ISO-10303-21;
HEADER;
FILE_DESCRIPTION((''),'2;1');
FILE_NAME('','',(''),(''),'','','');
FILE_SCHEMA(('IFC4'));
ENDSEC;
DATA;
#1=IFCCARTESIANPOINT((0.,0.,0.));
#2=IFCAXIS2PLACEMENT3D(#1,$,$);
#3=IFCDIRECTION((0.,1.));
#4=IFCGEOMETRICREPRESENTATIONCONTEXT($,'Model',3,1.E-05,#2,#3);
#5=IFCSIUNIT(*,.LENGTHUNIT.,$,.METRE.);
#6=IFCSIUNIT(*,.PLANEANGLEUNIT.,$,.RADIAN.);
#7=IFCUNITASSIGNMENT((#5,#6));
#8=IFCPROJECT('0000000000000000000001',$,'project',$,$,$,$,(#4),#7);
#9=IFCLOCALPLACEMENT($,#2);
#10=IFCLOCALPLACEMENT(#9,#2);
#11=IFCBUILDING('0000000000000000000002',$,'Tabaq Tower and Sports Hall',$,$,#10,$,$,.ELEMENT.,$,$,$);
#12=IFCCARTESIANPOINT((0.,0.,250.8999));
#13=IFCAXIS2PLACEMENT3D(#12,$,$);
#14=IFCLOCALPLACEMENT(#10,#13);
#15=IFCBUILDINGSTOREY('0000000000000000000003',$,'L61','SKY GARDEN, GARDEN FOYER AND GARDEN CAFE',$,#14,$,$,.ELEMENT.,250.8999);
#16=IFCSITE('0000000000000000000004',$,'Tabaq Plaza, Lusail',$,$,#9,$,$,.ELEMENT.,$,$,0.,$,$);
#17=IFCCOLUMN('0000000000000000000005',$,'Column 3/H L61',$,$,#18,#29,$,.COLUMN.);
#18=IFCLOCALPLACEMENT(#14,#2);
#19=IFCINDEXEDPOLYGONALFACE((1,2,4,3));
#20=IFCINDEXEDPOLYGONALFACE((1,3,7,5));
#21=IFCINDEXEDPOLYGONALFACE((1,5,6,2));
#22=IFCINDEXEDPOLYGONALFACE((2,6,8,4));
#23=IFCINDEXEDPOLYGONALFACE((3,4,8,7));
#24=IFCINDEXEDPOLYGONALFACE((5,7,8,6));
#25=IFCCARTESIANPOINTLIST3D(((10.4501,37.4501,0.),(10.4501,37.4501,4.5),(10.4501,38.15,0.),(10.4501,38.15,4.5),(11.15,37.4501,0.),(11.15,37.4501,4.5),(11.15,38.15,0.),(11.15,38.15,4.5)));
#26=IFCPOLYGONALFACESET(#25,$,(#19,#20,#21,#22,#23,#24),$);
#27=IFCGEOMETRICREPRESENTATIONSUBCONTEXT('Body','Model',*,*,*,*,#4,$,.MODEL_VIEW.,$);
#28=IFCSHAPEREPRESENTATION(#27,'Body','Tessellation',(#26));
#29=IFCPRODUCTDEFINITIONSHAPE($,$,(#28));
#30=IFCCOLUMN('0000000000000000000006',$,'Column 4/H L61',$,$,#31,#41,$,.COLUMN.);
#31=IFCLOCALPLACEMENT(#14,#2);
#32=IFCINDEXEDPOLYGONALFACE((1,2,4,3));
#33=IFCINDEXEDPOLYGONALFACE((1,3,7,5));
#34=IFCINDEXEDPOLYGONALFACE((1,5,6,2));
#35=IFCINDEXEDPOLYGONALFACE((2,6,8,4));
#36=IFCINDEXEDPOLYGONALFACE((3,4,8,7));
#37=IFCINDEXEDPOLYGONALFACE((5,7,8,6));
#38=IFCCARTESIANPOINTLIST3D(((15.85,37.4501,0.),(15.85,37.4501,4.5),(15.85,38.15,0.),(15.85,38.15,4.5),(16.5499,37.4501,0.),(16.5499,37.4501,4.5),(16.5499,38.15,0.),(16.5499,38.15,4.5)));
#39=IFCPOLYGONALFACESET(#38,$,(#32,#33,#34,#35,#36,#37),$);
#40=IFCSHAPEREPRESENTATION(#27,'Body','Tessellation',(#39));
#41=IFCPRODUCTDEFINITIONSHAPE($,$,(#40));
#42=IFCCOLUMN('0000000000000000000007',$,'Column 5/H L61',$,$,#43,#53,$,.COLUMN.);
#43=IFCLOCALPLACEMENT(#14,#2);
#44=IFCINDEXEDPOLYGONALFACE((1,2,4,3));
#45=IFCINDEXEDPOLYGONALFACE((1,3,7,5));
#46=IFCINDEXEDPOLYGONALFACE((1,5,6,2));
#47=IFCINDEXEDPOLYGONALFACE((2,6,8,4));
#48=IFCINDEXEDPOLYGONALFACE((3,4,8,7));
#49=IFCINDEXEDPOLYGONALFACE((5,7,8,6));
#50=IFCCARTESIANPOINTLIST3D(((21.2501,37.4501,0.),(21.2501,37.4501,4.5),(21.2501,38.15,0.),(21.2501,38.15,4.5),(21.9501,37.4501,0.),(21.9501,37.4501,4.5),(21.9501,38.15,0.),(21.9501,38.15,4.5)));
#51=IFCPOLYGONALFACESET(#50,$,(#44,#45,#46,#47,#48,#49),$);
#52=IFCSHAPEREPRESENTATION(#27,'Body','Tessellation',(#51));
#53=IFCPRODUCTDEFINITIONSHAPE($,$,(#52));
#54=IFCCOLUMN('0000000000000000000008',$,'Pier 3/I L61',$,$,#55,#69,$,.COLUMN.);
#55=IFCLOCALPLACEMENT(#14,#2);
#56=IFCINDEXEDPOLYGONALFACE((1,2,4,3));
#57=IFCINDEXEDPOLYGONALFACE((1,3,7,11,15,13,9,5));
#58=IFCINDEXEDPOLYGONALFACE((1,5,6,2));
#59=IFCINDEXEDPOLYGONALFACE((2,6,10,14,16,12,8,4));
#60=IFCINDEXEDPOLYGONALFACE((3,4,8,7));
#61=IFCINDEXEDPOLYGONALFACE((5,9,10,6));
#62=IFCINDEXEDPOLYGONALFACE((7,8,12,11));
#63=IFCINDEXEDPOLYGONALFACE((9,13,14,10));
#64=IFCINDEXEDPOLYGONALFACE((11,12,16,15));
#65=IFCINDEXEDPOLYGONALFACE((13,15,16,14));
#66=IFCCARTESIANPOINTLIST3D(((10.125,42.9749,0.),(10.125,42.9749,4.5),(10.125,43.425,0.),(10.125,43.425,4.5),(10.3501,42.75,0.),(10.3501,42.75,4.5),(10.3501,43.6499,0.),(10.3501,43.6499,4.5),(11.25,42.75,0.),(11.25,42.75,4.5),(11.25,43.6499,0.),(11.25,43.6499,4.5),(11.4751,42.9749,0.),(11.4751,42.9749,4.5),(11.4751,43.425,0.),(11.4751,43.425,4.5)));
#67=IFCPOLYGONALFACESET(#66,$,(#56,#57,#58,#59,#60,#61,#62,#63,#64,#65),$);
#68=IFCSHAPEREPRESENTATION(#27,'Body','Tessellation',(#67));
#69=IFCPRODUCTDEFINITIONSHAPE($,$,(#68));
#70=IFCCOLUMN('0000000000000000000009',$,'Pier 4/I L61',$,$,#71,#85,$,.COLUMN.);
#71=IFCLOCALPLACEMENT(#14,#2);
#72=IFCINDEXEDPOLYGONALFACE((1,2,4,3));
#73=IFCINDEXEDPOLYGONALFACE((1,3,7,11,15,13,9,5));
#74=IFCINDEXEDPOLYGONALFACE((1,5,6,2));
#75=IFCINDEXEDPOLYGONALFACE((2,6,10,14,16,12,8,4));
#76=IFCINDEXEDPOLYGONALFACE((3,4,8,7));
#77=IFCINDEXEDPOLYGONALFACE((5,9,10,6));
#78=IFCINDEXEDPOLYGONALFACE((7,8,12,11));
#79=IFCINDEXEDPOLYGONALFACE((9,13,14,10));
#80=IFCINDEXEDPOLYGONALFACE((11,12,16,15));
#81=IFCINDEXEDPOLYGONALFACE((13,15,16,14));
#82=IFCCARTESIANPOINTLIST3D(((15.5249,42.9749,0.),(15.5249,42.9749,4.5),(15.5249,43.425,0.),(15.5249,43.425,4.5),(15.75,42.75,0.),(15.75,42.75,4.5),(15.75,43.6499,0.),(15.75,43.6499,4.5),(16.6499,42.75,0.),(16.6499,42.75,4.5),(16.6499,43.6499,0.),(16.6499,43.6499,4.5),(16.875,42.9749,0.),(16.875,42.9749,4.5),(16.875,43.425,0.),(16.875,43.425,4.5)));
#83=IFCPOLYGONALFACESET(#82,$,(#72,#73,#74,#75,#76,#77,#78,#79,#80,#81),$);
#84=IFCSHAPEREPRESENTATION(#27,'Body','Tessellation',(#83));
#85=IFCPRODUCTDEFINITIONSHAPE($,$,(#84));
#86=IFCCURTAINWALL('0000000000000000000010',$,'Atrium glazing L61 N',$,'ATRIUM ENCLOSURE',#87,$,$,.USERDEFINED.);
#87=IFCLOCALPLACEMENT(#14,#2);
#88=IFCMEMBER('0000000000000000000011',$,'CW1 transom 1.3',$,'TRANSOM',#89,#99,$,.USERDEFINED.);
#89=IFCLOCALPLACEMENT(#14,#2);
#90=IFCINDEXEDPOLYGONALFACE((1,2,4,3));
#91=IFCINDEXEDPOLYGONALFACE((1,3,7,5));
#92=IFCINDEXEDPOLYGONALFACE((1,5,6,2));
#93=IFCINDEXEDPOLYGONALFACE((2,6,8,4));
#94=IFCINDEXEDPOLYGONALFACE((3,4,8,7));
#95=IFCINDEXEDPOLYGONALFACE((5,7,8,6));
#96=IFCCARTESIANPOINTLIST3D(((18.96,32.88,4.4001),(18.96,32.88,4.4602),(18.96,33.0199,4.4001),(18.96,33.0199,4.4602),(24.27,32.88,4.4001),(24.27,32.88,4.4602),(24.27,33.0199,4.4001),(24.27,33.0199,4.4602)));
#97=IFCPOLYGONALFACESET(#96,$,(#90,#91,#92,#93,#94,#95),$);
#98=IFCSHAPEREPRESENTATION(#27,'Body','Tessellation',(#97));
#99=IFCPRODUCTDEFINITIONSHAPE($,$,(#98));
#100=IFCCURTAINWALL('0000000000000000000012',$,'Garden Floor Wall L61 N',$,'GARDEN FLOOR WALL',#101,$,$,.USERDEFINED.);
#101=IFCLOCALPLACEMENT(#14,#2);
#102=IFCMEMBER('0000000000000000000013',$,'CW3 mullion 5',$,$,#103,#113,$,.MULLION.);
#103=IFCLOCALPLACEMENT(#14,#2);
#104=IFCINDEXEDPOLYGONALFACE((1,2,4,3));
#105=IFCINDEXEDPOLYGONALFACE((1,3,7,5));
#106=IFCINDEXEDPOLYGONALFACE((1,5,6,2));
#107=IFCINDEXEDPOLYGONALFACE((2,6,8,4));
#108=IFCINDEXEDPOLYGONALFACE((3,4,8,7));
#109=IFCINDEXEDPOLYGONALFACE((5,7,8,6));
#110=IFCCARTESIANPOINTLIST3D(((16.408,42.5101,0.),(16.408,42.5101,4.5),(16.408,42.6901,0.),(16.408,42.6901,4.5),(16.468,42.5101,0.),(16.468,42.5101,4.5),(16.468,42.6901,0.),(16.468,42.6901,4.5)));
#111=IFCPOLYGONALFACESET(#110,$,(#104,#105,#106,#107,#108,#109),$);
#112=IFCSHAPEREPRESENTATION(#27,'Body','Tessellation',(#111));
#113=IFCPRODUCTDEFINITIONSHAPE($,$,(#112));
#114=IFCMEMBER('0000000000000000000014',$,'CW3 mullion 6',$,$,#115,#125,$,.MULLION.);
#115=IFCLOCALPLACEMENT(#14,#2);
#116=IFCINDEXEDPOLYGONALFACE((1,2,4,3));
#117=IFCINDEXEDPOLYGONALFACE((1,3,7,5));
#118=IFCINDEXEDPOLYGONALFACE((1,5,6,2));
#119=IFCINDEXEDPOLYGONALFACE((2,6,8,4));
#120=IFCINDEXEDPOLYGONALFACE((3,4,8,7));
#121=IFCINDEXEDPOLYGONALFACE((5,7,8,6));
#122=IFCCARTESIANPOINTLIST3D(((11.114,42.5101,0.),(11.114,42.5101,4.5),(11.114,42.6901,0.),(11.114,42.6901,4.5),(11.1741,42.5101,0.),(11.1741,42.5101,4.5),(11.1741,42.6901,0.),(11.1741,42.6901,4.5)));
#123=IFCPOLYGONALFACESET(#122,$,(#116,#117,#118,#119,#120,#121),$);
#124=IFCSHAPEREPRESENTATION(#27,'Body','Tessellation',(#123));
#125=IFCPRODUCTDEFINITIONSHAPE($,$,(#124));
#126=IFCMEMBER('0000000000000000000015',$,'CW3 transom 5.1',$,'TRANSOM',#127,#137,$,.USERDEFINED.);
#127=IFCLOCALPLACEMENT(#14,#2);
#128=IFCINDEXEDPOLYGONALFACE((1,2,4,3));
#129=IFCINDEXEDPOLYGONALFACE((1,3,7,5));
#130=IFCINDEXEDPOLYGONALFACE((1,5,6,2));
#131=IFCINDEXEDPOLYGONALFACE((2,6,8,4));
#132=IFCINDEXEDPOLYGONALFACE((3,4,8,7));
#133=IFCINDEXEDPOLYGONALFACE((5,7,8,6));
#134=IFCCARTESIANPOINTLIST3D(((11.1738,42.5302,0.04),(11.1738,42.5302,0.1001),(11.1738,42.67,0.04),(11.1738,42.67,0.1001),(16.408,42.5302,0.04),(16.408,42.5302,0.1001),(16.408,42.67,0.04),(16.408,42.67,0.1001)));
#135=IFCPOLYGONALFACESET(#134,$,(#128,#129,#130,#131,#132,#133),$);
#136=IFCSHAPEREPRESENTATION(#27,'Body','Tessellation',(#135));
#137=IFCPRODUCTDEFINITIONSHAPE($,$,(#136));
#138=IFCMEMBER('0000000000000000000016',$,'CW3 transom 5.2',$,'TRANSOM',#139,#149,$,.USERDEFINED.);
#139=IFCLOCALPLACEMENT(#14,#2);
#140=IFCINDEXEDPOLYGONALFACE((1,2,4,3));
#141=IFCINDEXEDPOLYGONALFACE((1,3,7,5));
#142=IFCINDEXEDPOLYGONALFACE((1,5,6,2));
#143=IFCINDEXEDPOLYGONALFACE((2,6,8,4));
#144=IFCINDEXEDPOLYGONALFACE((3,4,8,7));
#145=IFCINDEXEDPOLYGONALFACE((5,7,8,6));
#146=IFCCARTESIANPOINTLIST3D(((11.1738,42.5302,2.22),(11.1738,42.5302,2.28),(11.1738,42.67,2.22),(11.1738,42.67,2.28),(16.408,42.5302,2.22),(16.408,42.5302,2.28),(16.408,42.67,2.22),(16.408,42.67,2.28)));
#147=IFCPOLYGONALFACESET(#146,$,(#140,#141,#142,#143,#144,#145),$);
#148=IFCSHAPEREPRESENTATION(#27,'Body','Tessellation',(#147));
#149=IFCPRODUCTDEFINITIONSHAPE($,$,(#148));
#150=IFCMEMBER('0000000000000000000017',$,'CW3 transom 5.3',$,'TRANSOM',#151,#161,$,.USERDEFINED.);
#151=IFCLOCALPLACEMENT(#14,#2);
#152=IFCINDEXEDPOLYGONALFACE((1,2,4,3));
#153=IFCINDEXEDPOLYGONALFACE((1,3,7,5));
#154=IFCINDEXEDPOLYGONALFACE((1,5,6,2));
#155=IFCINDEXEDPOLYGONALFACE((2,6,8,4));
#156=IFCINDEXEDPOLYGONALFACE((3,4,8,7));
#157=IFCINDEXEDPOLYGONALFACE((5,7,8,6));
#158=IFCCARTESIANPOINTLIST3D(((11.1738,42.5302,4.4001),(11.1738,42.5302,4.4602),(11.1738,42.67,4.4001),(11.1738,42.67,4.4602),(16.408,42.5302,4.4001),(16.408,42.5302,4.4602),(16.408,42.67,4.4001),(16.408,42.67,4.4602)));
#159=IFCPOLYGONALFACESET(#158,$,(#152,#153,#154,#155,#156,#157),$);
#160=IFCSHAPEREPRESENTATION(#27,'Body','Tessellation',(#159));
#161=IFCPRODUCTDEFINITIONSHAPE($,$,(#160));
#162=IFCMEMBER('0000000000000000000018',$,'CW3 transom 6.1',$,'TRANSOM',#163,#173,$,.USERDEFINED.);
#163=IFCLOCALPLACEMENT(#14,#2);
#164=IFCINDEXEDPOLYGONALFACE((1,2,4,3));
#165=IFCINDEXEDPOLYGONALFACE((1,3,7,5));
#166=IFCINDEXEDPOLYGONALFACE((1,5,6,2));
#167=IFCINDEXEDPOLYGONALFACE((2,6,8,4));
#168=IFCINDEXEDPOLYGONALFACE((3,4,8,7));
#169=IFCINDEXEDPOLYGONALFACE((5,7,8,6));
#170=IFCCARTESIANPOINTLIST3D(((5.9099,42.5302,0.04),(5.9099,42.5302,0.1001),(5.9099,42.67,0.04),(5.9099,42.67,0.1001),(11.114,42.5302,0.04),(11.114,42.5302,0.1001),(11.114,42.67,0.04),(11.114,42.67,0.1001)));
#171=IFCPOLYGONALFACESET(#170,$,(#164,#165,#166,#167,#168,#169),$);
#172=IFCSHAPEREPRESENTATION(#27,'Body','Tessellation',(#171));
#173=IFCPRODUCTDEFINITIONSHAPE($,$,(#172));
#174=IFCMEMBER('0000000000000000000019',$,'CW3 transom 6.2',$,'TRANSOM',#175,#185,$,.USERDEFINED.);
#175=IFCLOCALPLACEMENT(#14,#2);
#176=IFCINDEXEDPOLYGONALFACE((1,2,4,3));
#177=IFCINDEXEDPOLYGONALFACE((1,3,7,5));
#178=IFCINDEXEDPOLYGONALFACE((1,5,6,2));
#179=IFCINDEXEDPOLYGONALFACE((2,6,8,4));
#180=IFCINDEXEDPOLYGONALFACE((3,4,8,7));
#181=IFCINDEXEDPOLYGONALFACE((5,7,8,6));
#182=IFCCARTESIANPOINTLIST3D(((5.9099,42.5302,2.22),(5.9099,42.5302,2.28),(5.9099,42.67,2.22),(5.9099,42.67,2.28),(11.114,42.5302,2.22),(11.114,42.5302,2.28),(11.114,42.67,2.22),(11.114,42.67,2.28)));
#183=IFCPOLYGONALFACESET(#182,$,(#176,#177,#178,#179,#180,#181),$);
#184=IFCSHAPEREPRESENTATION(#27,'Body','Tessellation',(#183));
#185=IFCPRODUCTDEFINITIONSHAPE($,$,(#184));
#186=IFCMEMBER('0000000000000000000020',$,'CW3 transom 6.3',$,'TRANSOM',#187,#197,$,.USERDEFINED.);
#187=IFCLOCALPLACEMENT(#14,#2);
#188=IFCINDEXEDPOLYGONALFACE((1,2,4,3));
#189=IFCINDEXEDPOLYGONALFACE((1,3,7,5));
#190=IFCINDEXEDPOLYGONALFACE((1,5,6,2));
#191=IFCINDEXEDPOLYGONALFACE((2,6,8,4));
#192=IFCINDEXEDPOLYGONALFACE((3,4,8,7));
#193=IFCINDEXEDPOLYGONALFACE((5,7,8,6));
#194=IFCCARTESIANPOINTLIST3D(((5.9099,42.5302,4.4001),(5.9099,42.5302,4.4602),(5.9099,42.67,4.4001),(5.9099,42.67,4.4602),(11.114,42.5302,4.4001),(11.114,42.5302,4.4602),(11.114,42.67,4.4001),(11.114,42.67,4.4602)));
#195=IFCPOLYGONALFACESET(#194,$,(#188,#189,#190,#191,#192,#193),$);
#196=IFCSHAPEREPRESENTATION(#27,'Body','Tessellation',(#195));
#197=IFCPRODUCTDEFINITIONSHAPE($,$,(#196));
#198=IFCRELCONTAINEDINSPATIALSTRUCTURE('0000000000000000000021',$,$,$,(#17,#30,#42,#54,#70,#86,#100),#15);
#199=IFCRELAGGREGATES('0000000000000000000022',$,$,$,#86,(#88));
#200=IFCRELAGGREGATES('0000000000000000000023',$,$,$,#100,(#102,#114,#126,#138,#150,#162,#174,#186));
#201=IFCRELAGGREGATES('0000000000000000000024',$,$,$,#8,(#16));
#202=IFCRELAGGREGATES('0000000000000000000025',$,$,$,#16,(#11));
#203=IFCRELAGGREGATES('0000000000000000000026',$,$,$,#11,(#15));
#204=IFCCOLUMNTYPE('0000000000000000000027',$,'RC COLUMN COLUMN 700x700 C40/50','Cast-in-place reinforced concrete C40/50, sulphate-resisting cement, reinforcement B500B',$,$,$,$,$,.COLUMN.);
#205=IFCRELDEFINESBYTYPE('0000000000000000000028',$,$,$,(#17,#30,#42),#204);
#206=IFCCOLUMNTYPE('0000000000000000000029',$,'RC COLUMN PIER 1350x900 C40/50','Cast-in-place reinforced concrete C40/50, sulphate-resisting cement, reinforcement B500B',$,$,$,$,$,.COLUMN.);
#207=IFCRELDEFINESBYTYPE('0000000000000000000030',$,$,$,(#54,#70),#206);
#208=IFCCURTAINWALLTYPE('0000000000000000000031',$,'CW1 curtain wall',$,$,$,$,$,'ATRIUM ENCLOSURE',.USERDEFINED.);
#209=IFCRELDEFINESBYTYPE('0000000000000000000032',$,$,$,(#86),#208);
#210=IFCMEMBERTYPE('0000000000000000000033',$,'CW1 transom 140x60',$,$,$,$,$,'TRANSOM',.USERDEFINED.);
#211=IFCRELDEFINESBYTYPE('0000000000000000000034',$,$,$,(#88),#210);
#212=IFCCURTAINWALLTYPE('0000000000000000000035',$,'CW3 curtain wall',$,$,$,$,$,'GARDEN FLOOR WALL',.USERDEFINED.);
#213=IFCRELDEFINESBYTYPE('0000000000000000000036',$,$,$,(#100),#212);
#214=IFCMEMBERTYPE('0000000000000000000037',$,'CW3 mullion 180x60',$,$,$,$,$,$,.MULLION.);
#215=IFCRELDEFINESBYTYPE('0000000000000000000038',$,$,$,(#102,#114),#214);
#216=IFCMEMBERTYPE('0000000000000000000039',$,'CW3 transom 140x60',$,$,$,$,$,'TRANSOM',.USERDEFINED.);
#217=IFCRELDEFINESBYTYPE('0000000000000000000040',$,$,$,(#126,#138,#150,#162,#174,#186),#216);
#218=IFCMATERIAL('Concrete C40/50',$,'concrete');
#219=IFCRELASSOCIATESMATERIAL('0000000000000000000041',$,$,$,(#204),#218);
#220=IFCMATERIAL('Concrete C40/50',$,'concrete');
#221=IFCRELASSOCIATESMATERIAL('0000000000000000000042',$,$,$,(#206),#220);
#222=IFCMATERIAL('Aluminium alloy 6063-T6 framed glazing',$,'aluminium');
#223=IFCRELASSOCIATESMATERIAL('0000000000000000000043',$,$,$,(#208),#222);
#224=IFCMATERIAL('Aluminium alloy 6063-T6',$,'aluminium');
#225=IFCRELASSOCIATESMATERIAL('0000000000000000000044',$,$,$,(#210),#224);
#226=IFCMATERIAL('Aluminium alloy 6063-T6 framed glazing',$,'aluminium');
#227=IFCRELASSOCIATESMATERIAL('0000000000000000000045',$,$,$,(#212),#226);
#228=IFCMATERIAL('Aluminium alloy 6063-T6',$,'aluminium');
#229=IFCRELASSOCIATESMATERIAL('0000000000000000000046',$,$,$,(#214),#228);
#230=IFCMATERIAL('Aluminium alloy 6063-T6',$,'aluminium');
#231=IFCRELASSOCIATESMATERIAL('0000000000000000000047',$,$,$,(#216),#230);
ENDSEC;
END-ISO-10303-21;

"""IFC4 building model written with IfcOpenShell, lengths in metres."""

from ifc_helpers import new_model, si_unit, direction, frame, origin, origin_2d, place, context, subcontext, project, spatial, polyline, rectangle, outline, extrude, material, material_profile, profile_set, type_object, element, aggregate, save


model = new_model("IFC4")

# Units and contexts
model_context = context("Model", 3, precision=1e-05, world=origin(), true_north=direction((0.0, 1.0)))
body_context = subcontext(model_context, "Body", "Model", "MODEL_VIEW")
ifc_project = project(units=[si_unit("LENGTHUNIT", "METRE"), si_unit("PLANEANGLEUNIT", "RADIAN")], contexts=[model_context])

# Site, building, storey
site_placement = place(None, origin())
site = spatial("IfcSite", under=ifc_project, at=site_placement, Name="Tabaq Plaza, Lusail", CompositionType="ELEMENT", RefElevation=0.0)
building_placement = place(site_placement, origin())
building = spatial("IfcBuilding", under=site, at=building_placement, Name="Tabaq Tower and Sports Hall", CompositionType="ELEMENT")
storey_placement = place(building_placement, frame((0.0, 0.0, 250.8999)))
storey = spatial("IfcBuildingStorey", under=building, at=storey_placement, Name="L61", Description="SKY GARDEN, GARDEN FOYER AND GARDEN CAFE", CompositionType="ELEMENT", Elevation=250.8999)

# Columns
ifc_material_1 = material(Name="Concrete C40/50", Category="concrete")
ifc_material_profile_1 = material_profile(ifc_material_1, rectangle(XDim=0.7, YDim=0.7, at=origin_2d()), Name="COLUMN 700x700")
ifc_profile_set_1 = profile_set([ifc_material_profile_1], Name="Concrete C40/50")
column_type_1 = type_object("IfcColumnType", Name="RC COLUMN COLUMN 700x700 C40/50", Description="Cast-in-place reinforced concrete C40/50, sulphate-resisting cement, reinforcement B500B", PredefinedType="COLUMN", material=ifc_profile_set_1)
for number, where, z_axis, x_axis, name in (
    (1, (10.8, 37.8, 0.0), (0.0, 0.0, 1.0), (1.0, 0.0, 0.0), "Column 3/H L61"),
    (2, (16.2, 37.8, 0.0), (0.0, 0.0, 1.0), (1.0, 0.0, 0.0), "Column 4/H L61"),
    (3, (21.6001, 37.8, 0.0), (0.0, 0.0, 1.0), (1.0, 0.0, 0.0), "Column 5/H L61"),
):
    element("IfcColumn", number, at=place(storey_placement, frame(where, z_axis=z_axis, x_axis=x_axis)), inside=storey, type_object=column_type_1, Name=name, PredefinedType="COLUMN", context=body_context, shape_type="SweptSolid", body=[
        extrude(rectangle(XDim=0.7, YDim=0.7, at=origin_2d()), origin(), (0.0, 0.0, 1.0), 4.5),
    ])
ifc_material_2 = material(Name="Concrete C40/50", Category="concrete")
ifc_material_profile_2 = material_profile(ifc_material_2, outline(polyline([(-0.45, -0.45), (0.45, -0.45), (0.675, -0.2251), (0.675, 0.2251), (0.45, 0.45), (-0.45, 0.45), (-0.675, 0.2251), (-0.675, -0.2251), (-0.45, -0.45)])), Name="PIER 1350x900")
ifc_profile_set_2 = profile_set([ifc_material_profile_2], Name="Concrete C40/50")
column_type_2 = type_object("IfcColumnType", Name="RC COLUMN PIER 1350x900 C40/50", Description="Cast-in-place reinforced concrete C40/50, sulphate-resisting cement, reinforcement B500B", PredefinedType="COLUMN", material=ifc_profile_set_2)
for number, where, z_axis, x_axis, name in (
    (4, (10.8, 43.2, 0.0), (0.0, 0.0, 1.0), (1.0, 0.0, 0.0), "Pier 3/I L61"),
    (5, (16.2, 43.2, 0.0), (0.0, 0.0, 1.0), (1.0, 0.0, 0.0), "Pier 4/I L61"),
):
    element("IfcColumn", number, at=place(storey_placement, frame(where, z_axis=z_axis, x_axis=x_axis)), inside=storey, type_object=column_type_2, Name=name, PredefinedType="COLUMN", context=body_context, shape_type="SweptSolid", body=[
        extrude(outline(polyline([(-0.45, -0.45), (0.45, -0.45), (0.675, -0.2251), (0.675, 0.2251), (0.45, 0.45), (-0.45, 0.45), (-0.675, 0.2251), (-0.675, -0.2251), (-0.45, -0.45)])), origin(), (0.0, 0.0, 1.0), 4.5),
    ])

# Curtain wall, member
ifc_material_3 = material(Name="Aluminium alloy 6063-T6 framed glazing", Category="aluminium")
curtain_wall_type_1 = type_object("IfcCurtainWallType", Name="CW1 curtain wall", ElementType="ATRIUM ENCLOSURE", PredefinedType="USERDEFINED", material=ifc_material_3)
curtain_wall_1_placement = place(storey_placement, origin())
curtain_wall_1 = element("IfcCurtainWall", 6, at=curtain_wall_1_placement, inside=storey, type_object=curtain_wall_type_1, Name="Atrium glazing L61 N", ObjectType="ATRIUM ENCLOSURE", PredefinedType="USERDEFINED")
ifc_material_4 = material(Name="Aluminium alloy 6063-T6", Category="aluminium")
ifc_material_profile_3 = material_profile(ifc_material_4, rectangle(XDim=0.1399, YDim=0.0601, at=origin_2d()), Name="TRANSOM 140x60")
ifc_profile_set_3 = profile_set([ifc_material_profile_3], Name="Aluminium alloy 6063-T6")
member_type_1 = type_object("IfcMemberType", Name="CW1 transom 140x60", ElementType="TRANSOM", PredefinedType="USERDEFINED", material=ifc_profile_set_3)
member_1_placement = place(storey_placement, frame((18.96, 32.95, 4.4302), z_axis=(1.0, 0.0, 0.0), x_axis=(0.0, 1.0, 0.0)))
member_1 = element("IfcMember", 7, at=member_1_placement, type_object=member_type_1, Name="CW1 transom 1.3", ObjectType="TRANSOM", PredefinedType="USERDEFINED", context=body_context, shape_type="SweptSolid", body=[
    extrude(rectangle(XDim=0.1399, YDim=0.0601, at=origin_2d()), origin(), (0.0, 0.0, 1.0), 5.3101),
])
aggregate(curtain_wall_1, [member_1])

# Curtain wall, members
ifc_material_5 = material(Name="Aluminium alloy 6063-T6 framed glazing", Category="aluminium")
curtain_wall_type_2 = type_object("IfcCurtainWallType", Name="CW3 curtain wall", ElementType="GARDEN FLOOR WALL", PredefinedType="USERDEFINED", material=ifc_material_5)
curtain_wall_2_placement = place(storey_placement, origin())
curtain_wall_2 = element("IfcCurtainWall", 8, at=curtain_wall_2_placement, inside=storey, type_object=curtain_wall_type_2, Name="Garden Floor Wall L61 N", ObjectType="GARDEN FLOOR WALL", PredefinedType="USERDEFINED")
ifc_material_6 = material(Name="Aluminium alloy 6063-T6", Category="aluminium")
ifc_material_profile_4 = material_profile(ifc_material_6, rectangle(XDim=0.1799, YDim=0.0601, at=origin_2d()), Name="MULLION 180x60")
ifc_profile_set_4 = profile_set([ifc_material_profile_4], Name="Aluminium alloy 6063-T6")
member_type_2 = type_object("IfcMemberType", Name="CW3 mullion 180x60", PredefinedType="MULLION", material=ifc_profile_set_4)
member_2_placement = place(storey_placement, frame((16.438, 42.6001, 0.0), z_axis=(0.0, 0.0, 1.0), x_axis=(0.0, -1.0, 0.0)))
member_2 = element("IfcMember", 9, at=member_2_placement, type_object=member_type_2, Name="CW3 mullion 5", PredefinedType="MULLION", context=body_context, shape_type="SweptSolid", body=[
    extrude(rectangle(XDim=0.1799, YDim=0.0601, at=origin_2d()), origin(), (0.0, 0.0, 1.0), 4.5),
])
member_3_placement = place(storey_placement, frame((11.144, 42.6001, 0.0), z_axis=(0.0, 0.0, 1.0), x_axis=(0.0, -1.0, 0.0)))
member_3 = element("IfcMember", 10, at=member_3_placement, type_object=member_type_2, Name="CW3 mullion 6", PredefinedType="MULLION", context=body_context, shape_type="SweptSolid", body=[
    extrude(rectangle(XDim=0.1799, YDim=0.0601, at=origin_2d()), origin(), (0.0, 0.0, 1.0), 4.5),
])
ifc_material_7 = material(Name="Aluminium alloy 6063-T6", Category="aluminium")
ifc_material_profile_5 = material_profile(ifc_material_7, rectangle(XDim=0.1399, YDim=0.0601, at=origin_2d()), Name="TRANSOM 140x60")
ifc_profile_set_5 = profile_set([ifc_material_profile_5], Name="Aluminium alloy 6063-T6")
member_type_3 = type_object("IfcMemberType", Name="CW3 transom 140x60", ElementType="TRANSOM", PredefinedType="USERDEFINED", material=ifc_profile_set_5)
member_4_placement = place(storey_placement, frame((16.408, 42.6001, 0.0701), z_axis=(-1.0, 0.0, 0.0), x_axis=(0.0, -1.0, 0.0)))
member_4 = element("IfcMember", 11, at=member_4_placement, type_object=member_type_3, Name="CW3 transom 5.1", ObjectType="TRANSOM", PredefinedType="USERDEFINED", context=body_context, shape_type="SweptSolid", body=[
    extrude(rectangle(XDim=0.1399, YDim=0.0601, at=origin_2d()), origin(), (0.0, 0.0, 1.0), 5.2341),
])
member_5_placement = place(storey_placement, frame((16.408, 42.6001, 2.25), z_axis=(-1.0, 0.0, 0.0), x_axis=(0.0, -1.0, 0.0)))
member_5 = element("IfcMember", 12, at=member_5_placement, type_object=member_type_3, Name="CW3 transom 5.2", ObjectType="TRANSOM", PredefinedType="USERDEFINED", context=body_context, shape_type="SweptSolid", body=[
    extrude(rectangle(XDim=0.1399, YDim=0.0601, at=origin_2d()), origin(), (0.0, 0.0, 1.0), 5.2341),
])
member_6_placement = place(storey_placement, frame((16.408, 42.6001, 4.4302), z_axis=(-1.0, 0.0, 0.0), x_axis=(0.0, -1.0, 0.0)))
member_6 = element("IfcMember", 13, at=member_6_placement, type_object=member_type_3, Name="CW3 transom 5.3", ObjectType="TRANSOM", PredefinedType="USERDEFINED", context=body_context, shape_type="SweptSolid", body=[
    extrude(rectangle(XDim=0.1399, YDim=0.0601, at=origin_2d()), origin(), (0.0, 0.0, 1.0), 5.2341),
])
member_7_placement = place(storey_placement, frame((11.114, 42.6001, 0.0701), z_axis=(-1.0, 0.0, 0.0), x_axis=(0.0, -1.0, 0.0)))
member_7 = element("IfcMember", 14, at=member_7_placement, type_object=member_type_3, Name="CW3 transom 6.1", ObjectType="TRANSOM", PredefinedType="USERDEFINED", context=body_context, shape_type="SweptSolid", body=[
    extrude(rectangle(XDim=0.1399, YDim=0.0601, at=origin_2d()), origin(), (0.0, 0.0, 1.0), 5.2041),
])
member_8_placement = place(storey_placement, frame((11.114, 42.6001, 2.25), z_axis=(-1.0, 0.0, 0.0), x_axis=(0.0, -1.0, 0.0)))
member_8 = element("IfcMember", 15, at=member_8_placement, type_object=member_type_3, Name="CW3 transom 6.2", ObjectType="TRANSOM", PredefinedType="USERDEFINED", context=body_context, shape_type="SweptSolid", body=[
    extrude(rectangle(XDim=0.1399, YDim=0.0601, at=origin_2d()), origin(), (0.0, 0.0, 1.0), 5.2041),
])
member_9_placement = place(storey_placement, frame((11.114, 42.6001, 4.4302), z_axis=(-1.0, 0.0, 0.0), x_axis=(0.0, -1.0, 0.0)))
member_9 = element("IfcMember", 16, at=member_9_placement, type_object=member_type_3, Name="CW3 transom 6.3", ObjectType="TRANSOM", PredefinedType="USERDEFINED", context=body_context, shape_type="SweptSolid", body=[
    extrude(rectangle(XDim=0.1399, YDim=0.0601, at=origin_2d()), origin(), (0.0, 0.0, 1.0), 5.2041),
])
aggregate(curtain_wall_2, [member_2, member_3, member_4, member_5, member_6, member_7, member_8, member_9])

save(model, "model.ifc")
